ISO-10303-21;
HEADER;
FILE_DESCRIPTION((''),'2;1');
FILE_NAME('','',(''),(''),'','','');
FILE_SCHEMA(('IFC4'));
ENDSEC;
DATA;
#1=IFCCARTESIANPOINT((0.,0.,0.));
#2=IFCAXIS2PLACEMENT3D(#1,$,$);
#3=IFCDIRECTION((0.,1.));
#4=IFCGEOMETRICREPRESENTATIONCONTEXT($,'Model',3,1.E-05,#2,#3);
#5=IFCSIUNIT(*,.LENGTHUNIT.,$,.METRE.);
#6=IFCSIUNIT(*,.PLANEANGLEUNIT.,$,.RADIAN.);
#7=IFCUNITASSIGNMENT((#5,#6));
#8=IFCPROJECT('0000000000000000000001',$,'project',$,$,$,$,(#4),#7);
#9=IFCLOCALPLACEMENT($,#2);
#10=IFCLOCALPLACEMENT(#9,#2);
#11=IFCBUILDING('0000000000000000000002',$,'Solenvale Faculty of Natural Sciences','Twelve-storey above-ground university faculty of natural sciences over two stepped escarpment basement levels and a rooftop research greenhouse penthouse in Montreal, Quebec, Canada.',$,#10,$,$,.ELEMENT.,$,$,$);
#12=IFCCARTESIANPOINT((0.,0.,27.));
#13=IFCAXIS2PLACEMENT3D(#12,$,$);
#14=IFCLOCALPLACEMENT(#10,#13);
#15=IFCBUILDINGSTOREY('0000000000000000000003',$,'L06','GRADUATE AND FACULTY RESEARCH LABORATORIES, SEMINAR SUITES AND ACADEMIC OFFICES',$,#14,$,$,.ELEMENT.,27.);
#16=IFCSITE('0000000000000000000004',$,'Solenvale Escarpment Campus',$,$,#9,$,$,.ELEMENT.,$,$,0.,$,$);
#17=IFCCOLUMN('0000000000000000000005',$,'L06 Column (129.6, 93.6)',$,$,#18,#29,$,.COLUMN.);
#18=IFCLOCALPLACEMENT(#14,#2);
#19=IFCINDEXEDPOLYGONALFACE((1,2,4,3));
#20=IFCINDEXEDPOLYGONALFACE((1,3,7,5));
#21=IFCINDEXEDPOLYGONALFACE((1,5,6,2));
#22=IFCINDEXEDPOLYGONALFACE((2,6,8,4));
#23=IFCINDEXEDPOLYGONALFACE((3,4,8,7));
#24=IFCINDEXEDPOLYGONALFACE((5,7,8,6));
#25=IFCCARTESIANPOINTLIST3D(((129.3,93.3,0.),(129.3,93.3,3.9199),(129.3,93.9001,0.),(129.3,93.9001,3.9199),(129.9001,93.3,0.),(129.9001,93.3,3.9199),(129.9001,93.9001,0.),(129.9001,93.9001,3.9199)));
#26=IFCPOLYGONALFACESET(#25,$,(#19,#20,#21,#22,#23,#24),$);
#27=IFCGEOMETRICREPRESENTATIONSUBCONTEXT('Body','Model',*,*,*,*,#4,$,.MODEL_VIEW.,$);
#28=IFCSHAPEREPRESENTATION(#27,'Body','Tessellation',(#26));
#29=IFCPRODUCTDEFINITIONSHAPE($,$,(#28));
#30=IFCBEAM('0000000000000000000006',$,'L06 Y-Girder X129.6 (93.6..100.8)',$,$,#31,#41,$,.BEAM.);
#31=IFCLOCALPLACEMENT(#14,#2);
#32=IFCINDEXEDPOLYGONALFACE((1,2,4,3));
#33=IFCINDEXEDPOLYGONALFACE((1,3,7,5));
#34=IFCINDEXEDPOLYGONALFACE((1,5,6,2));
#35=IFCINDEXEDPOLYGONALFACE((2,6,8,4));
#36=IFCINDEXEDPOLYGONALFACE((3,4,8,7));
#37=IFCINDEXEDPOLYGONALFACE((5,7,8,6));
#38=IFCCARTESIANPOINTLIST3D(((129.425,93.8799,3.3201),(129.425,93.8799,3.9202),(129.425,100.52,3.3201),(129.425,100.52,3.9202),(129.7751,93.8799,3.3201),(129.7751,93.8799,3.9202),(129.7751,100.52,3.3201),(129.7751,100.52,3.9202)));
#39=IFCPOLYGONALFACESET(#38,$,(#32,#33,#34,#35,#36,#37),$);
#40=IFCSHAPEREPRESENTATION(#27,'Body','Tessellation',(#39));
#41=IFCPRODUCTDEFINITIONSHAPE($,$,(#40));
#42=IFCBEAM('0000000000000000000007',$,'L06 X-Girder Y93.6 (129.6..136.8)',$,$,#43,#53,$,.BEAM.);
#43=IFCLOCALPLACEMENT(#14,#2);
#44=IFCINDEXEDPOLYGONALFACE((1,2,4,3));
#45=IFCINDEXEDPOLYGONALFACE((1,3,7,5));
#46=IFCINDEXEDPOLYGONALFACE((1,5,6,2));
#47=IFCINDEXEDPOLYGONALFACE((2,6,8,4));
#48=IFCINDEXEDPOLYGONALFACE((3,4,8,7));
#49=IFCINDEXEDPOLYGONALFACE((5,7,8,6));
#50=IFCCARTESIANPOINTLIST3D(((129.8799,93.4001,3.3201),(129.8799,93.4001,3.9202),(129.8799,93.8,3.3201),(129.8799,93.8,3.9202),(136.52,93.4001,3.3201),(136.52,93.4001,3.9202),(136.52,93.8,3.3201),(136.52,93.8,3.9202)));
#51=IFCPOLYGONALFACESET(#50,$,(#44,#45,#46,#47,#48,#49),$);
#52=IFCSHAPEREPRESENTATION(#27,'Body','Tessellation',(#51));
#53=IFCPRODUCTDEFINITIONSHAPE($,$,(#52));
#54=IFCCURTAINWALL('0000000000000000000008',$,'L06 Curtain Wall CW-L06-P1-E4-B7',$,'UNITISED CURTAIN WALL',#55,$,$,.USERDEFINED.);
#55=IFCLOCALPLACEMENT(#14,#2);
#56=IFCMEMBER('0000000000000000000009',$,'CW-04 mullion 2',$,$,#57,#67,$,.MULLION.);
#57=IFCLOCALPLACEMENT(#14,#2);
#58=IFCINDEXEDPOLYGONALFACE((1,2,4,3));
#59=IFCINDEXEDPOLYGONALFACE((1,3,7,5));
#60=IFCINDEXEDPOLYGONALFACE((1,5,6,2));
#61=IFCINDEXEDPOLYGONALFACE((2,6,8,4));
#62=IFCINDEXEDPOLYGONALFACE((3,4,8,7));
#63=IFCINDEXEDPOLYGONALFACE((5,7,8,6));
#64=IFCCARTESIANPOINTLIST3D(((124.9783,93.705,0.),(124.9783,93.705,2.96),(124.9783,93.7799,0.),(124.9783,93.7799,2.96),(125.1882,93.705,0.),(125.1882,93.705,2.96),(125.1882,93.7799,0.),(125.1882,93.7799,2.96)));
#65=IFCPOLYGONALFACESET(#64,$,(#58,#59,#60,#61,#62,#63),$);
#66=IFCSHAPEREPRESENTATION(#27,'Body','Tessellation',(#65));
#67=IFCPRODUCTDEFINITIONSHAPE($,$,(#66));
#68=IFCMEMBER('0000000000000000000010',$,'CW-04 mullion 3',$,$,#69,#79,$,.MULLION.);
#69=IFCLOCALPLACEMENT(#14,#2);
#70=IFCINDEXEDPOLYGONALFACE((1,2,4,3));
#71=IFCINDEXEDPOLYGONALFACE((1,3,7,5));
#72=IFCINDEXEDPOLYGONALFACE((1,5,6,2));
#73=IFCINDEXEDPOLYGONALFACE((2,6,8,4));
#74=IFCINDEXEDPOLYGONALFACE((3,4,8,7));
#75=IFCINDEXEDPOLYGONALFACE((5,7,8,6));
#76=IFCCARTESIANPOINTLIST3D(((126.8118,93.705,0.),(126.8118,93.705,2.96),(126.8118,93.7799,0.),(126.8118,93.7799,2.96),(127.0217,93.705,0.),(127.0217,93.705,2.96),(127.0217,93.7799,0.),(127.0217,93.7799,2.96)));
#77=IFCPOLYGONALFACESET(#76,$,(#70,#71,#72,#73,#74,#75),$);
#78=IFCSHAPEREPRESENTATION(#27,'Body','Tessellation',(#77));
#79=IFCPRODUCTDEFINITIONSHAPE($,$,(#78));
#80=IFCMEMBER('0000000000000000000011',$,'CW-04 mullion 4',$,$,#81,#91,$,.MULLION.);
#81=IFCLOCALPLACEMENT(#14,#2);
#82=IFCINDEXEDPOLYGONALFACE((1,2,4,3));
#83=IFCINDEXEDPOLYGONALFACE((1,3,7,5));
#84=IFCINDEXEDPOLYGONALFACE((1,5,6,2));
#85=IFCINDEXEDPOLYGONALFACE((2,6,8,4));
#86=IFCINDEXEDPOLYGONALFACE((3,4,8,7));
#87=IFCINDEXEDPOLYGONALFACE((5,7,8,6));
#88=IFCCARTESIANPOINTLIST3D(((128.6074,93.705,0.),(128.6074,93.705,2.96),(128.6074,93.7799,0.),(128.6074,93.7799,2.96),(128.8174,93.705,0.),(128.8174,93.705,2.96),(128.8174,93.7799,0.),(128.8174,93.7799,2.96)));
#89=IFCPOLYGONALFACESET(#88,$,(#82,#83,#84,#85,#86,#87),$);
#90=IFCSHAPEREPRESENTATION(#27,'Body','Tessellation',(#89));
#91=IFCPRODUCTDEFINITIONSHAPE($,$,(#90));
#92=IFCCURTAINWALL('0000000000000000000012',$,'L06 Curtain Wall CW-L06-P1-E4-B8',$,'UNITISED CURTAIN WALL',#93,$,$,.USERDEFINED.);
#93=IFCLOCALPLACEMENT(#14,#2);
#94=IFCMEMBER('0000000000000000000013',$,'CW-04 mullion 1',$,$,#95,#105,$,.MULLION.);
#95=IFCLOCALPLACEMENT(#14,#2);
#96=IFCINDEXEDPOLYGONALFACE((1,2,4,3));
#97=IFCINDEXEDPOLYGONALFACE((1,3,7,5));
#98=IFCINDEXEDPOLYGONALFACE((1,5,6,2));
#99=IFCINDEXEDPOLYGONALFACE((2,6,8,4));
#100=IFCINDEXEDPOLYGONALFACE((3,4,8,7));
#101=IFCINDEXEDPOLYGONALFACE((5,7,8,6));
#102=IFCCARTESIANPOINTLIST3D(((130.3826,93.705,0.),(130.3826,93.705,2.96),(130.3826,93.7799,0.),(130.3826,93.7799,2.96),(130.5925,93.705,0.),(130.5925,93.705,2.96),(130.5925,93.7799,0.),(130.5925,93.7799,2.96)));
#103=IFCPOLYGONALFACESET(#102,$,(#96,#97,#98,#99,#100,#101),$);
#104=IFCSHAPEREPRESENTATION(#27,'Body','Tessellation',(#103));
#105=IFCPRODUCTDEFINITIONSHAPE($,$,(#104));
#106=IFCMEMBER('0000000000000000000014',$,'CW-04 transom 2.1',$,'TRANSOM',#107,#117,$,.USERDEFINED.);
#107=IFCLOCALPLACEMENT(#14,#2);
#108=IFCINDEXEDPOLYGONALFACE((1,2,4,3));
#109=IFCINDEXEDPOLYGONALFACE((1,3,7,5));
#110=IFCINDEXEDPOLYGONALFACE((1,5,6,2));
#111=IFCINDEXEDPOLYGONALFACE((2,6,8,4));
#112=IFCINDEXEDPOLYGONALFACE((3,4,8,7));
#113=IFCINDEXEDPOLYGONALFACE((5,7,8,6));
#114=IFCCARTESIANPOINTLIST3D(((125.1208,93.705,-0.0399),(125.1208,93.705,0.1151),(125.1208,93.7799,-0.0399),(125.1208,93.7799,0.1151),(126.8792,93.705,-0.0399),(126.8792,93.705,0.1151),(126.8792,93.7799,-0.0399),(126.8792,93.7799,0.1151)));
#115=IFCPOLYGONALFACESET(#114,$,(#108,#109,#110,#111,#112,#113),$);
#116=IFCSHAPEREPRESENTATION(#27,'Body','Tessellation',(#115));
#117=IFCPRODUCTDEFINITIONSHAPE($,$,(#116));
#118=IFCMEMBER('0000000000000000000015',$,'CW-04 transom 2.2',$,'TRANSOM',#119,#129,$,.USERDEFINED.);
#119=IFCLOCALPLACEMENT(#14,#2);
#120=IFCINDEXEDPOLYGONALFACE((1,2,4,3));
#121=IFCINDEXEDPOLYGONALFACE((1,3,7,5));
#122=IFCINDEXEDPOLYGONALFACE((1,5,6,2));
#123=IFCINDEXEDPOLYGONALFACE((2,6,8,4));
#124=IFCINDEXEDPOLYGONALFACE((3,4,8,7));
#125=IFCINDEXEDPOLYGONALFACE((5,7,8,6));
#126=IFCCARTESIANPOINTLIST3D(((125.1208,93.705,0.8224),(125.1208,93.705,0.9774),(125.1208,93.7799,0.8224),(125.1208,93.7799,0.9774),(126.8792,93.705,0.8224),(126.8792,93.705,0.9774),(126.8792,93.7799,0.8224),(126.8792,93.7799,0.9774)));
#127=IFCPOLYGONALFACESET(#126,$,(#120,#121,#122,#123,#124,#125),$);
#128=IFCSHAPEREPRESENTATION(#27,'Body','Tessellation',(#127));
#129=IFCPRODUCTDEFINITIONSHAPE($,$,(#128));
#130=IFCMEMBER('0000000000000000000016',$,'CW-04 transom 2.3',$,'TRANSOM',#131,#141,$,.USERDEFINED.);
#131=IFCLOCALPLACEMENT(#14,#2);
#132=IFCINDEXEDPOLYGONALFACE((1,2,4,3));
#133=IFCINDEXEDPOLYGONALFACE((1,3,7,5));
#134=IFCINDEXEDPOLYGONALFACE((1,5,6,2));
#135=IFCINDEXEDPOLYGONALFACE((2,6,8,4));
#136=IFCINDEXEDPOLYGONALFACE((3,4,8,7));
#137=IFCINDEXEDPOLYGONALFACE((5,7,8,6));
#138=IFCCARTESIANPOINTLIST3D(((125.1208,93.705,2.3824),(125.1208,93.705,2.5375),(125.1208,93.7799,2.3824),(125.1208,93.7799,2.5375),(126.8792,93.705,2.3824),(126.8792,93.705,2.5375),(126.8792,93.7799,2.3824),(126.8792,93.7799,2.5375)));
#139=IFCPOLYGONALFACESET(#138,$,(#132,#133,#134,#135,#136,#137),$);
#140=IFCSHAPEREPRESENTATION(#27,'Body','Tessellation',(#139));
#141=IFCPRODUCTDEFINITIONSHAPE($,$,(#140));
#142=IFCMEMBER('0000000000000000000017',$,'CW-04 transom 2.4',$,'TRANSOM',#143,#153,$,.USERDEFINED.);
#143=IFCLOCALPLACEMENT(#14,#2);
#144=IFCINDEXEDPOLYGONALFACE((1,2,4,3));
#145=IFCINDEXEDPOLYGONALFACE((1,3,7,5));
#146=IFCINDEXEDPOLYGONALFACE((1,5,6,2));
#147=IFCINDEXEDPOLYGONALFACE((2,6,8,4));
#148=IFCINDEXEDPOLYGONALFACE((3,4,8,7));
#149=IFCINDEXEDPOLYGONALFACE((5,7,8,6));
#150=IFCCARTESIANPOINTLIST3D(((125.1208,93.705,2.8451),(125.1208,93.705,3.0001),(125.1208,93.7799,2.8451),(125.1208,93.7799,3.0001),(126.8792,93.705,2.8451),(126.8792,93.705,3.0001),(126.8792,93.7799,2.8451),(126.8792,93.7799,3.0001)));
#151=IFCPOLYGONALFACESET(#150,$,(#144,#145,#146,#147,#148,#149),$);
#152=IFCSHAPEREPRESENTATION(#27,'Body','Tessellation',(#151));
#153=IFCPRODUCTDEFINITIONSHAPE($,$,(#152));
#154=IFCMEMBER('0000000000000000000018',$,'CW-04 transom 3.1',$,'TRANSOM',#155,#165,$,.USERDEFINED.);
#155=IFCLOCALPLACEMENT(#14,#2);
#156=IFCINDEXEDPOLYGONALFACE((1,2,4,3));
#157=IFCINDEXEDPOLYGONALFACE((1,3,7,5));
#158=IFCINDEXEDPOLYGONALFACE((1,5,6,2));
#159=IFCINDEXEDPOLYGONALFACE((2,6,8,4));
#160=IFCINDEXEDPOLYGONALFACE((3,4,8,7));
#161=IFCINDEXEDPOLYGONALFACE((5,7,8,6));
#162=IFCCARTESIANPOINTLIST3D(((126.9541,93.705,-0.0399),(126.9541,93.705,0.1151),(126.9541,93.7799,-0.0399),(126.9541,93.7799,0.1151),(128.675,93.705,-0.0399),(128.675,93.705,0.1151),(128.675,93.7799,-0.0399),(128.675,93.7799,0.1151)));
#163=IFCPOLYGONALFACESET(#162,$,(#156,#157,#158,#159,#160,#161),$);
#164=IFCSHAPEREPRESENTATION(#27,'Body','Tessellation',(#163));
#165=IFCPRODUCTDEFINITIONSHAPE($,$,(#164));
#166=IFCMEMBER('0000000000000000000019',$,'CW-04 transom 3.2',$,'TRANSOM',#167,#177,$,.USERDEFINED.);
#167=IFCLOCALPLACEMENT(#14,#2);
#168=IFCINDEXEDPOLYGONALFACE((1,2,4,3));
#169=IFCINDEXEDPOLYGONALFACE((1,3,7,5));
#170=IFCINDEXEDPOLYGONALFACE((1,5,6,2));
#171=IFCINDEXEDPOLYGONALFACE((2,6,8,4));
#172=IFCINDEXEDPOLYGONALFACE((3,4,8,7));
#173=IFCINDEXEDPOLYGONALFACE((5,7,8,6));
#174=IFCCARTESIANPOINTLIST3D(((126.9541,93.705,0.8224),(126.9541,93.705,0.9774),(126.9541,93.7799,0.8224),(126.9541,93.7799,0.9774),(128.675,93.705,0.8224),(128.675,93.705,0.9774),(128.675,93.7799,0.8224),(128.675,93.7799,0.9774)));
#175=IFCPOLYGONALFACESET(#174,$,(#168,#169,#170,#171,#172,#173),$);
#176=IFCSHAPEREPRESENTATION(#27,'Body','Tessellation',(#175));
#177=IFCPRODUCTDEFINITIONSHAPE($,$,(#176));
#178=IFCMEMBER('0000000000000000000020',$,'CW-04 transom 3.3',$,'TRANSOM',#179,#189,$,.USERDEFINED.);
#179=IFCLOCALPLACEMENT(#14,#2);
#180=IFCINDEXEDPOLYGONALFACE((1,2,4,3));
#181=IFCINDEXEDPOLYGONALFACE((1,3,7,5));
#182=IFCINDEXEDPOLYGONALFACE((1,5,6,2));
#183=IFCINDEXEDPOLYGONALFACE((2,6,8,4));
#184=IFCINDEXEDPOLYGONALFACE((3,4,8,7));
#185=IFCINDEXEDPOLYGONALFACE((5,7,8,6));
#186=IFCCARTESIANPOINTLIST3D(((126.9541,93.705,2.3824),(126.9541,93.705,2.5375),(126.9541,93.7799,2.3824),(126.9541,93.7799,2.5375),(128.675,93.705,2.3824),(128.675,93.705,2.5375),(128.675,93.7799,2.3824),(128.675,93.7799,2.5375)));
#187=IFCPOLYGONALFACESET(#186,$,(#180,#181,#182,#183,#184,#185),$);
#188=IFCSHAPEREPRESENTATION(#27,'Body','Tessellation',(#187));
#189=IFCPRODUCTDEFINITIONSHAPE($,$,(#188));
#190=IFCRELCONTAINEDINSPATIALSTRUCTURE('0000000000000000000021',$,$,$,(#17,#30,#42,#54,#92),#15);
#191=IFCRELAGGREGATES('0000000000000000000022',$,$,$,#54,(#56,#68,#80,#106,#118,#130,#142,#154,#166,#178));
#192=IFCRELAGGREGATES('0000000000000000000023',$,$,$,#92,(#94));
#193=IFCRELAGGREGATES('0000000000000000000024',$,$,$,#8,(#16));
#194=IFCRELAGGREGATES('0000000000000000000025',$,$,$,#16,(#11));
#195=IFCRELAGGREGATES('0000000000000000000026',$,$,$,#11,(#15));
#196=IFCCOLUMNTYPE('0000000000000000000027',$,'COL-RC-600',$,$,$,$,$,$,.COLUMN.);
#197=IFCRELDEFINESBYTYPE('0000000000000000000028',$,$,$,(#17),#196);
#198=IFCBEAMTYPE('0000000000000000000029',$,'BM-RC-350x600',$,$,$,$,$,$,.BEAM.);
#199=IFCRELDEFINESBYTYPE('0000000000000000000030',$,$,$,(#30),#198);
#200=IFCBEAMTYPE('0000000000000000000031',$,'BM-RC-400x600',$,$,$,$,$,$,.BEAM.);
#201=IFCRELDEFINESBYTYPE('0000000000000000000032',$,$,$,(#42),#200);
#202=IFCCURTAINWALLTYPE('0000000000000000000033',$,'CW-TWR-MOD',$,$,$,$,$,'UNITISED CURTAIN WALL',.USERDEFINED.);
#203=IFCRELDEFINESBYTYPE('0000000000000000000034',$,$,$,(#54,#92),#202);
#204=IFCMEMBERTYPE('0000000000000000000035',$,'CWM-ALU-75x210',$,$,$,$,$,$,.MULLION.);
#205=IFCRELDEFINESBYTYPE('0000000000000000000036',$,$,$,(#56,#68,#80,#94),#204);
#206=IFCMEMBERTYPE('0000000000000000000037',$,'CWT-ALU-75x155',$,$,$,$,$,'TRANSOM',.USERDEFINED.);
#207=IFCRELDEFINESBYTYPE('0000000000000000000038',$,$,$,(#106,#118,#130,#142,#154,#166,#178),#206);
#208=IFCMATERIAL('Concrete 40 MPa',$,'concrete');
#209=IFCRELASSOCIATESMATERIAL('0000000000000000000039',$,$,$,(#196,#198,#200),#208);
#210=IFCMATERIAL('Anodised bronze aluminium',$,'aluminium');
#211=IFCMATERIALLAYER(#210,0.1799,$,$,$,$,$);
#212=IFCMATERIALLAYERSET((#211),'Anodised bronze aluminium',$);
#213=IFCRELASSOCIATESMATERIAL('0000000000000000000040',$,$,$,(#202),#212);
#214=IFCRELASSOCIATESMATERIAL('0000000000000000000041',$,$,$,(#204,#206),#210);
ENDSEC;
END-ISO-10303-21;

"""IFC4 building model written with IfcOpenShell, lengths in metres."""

from ifc_helpers import new_model, si_unit, direction, frame, origin, origin_2d, place, context, subcontext, project, spatial, rectangle, extrude, material, layer, layer_set, material_profile, profile_set, type_object, element, aggregate, save


model = new_model("IFC4")

# Units and contexts
model_context = context("Model", 3, precision=1e-05, world=origin(), true_north=direction((0.0, 1.0)))
body_context = subcontext(model_context, "Body", "Model", "MODEL_VIEW")
ifc_project = project(units=[si_unit("LENGTHUNIT", "METRE"), si_unit("PLANEANGLEUNIT", "RADIAN")], contexts=[model_context])

# Site, building, storey
site_placement = place(None, origin())
site = spatial("IfcSite", under=ifc_project, at=site_placement, Name="Solenvale Escarpment Campus", CompositionType="ELEMENT", RefElevation=0.0)
building_placement = place(site_placement, origin())
building = spatial("IfcBuilding", under=site, at=building_placement, Name="Solenvale Faculty of Natural Sciences", Description="Twelve-storey above-ground university faculty of natural sciences over two stepped escarpment basement levels and a rooftop research greenhouse penthouse in Montreal, Quebec, Canada.", CompositionType="ELEMENT")
storey_placement = place(building_placement, frame((0.0, 0.0, 27.0)))
storey = spatial("IfcBuildingStorey", under=building, at=storey_placement, Name="L06", Description="GRADUATE AND FACULTY RESEARCH LABORATORIES, SEMINAR SUITES AND ACADEMIC OFFICES", CompositionType="ELEMENT", Elevation=27.0)

# Column
ifc_material_1 = material(Name="Concrete 40 MPa", Category="concrete")
ifc_material_profile_1 = material_profile(ifc_material_1, rectangle(XDim=0.6001, YDim=0.6001, at=origin_2d()), Name="RC-COL-600x600")
ifc_profile_set_1 = profile_set([ifc_material_profile_1], Name="Concrete 40 MPa")
column_type = type_object("IfcColumnType", Name="COL-RC-600", PredefinedType="COLUMN", material=ifc_profile_set_1)
column_placement = place(storey_placement, frame((129.6001, 93.6001, 0.0), z_axis=(0.0, 0.0, 1.0), x_axis=(1.0, 0.0, 0.0)))
element("IfcColumn", 1, at=column_placement, inside=storey, type_object=column_type, Name="L06 Column (129.6, 93.6)", PredefinedType="COLUMN", context=body_context, shape_type="SweptSolid", body=[
    extrude(rectangle(XDim=0.6001, YDim=0.6001, at=origin_2d()), origin(), (0.0, 0.0, 1.0), 3.9199),
])

# Beams
ifc_material_profile_2 = material_profile(ifc_material_1, rectangle(XDim=0.3501, YDim=0.6001, at=origin_2d()), Name="RC-BM-350x600")
ifc_profile_set_2 = profile_set([ifc_material_profile_2], Name="Concrete 40 MPa")
beam_type_1 = type_object("IfcBeamType", Name="BM-RC-350x600", PredefinedType="BEAM", material=ifc_profile_set_2)
beam_1_placement = place(storey_placement, frame((129.6001, 93.8799, 3.6201), z_axis=(0.0, 1.0, 0.0), x_axis=(-1.0, 0.0, 0.0)))
element("IfcBeam", 2, at=beam_1_placement, inside=storey, type_object=beam_type_1, Name="L06 Y-Girder X129.6 (93.6..100.8)", PredefinedType="BEAM", context=body_context, shape_type="SweptSolid", body=[
    extrude(rectangle(XDim=0.3501, YDim=0.6001, at=origin_2d()), origin(), (0.0, 0.0, 1.0), 6.6401),
])
ifc_material_profile_3 = material_profile(ifc_material_1, rectangle(XDim=0.3999, YDim=0.6001, at=origin_2d()), Name="RC-BM-400x600")
ifc_profile_set_3 = profile_set([ifc_material_profile_3], Name="Concrete 40 MPa")
beam_type_2 = type_object("IfcBeamType", Name="BM-RC-400x600", PredefinedType="BEAM", material=ifc_profile_set_3)
beam_2_placement = place(storey_placement, frame((129.8799, 93.6001, 3.6201), z_axis=(1.0, 0.0, 0.0), x_axis=(0.0, 1.0, 0.0)))
element("IfcBeam", 3, at=beam_2_placement, inside=storey, type_object=beam_type_2, Name="L06 X-Girder Y93.6 (129.6..136.8)", PredefinedType="BEAM", context=body_context, shape_type="SweptSolid", body=[
    extrude(rectangle(XDim=0.3999, YDim=0.6001, at=origin_2d()), origin(), (0.0, 0.0, 1.0), 6.6401),
])

# Curtain wall, members
ifc_material_2 = material(Name="Anodised bronze aluminium", Category="aluminium")
ifc_layer_1 = layer(ifc_material_2, 0.1799)
ifc_layer_set_1 = layer_set([ifc_layer_1], Name="Anodised bronze aluminium")
curtain_wall_type = type_object("IfcCurtainWallType", Name="CW-TWR-MOD", ElementType="UNITISED CURTAIN WALL", PredefinedType="USERDEFINED", material=ifc_layer_set_1)
curtain_wall_1_placement = place(storey_placement, origin())
curtain_wall_1 = element("IfcCurtainWall", 4, at=curtain_wall_1_placement, inside=storey, type_object=curtain_wall_type, Name="L06 Curtain Wall CW-L06-P1-E4-B7", ObjectType="UNITISED CURTAIN WALL", PredefinedType="USERDEFINED")
ifc_material_profile_4 = material_profile(ifc_material_2, rectangle(XDim=0.075, YDim=0.21, at=origin_2d()), Name="ALU-MUL-75x210")
ifc_profile_set_4 = profile_set([ifc_material_profile_4], Name="Anodised bronze aluminium")
member_type_1 = type_object("IfcMemberType", Name="CWM-ALU-75x210", PredefinedType="MULLION", material=ifc_profile_set_4)
member_1_placement = place(storey_placement, frame((125.0833, 93.7424, 0.0), z_axis=(0.0, 0.0, 1.0), x_axis=(0.0, 1.0, 0.0)))
member_1 = element("IfcMember", 5, at=member_1_placement, type_object=member_type_1, Name="CW-04 mullion 2", PredefinedType="MULLION", context=body_context, shape_type="SweptSolid", body=[
    extrude(rectangle(XDim=0.075, YDim=0.21, at=origin_2d()), origin(), (0.0, 0.0, 1.0), 2.96),
])
member_2_placement = place(storey_placement, frame((126.9167, 93.7424, 0.0), z_axis=(0.0, 0.0, 1.0), x_axis=(0.0, 1.0, 0.0)))
member_2 = element("IfcMember", 6, at=member_2_placement, type_object=member_type_1, Name="CW-04 mullion 3", PredefinedType="MULLION", context=body_context, shape_type="SweptSolid", body=[
    extrude(rectangle(XDim=0.075, YDim=0.21, at=origin_2d()), origin(), (0.0, 0.0, 1.0), 2.96),
])
member_3_placement = place(storey_placement, frame((128.7124, 93.7424, 0.0), z_axis=(0.0, 0.0, 1.0), x_axis=(0.0, 1.0, 0.0)))
member_3 = element("IfcMember", 7, at=member_3_placement, type_object=member_type_1, Name="CW-04 mullion 4", PredefinedType="MULLION", context=body_context, shape_type="SweptSolid", body=[
    extrude(rectangle(XDim=0.075, YDim=0.21, at=origin_2d()), origin(), (0.0, 0.0, 1.0), 2.96),
])

# Curtain wall, member
curtain_wall_2_placement = place(storey_placement, origin())
curtain_wall_2 = element("IfcCurtainWall", 8, at=curtain_wall_2_placement, inside=storey, type_object=curtain_wall_type, Name="L06 Curtain Wall CW-L06-P1-E4-B8", ObjectType="UNITISED CURTAIN WALL", PredefinedType="USERDEFINED")
member_4_placement = place(storey_placement, frame((130.4875, 93.7424, 0.0), z_axis=(0.0, 0.0, 1.0), x_axis=(0.0, 1.0, 0.0)))
member_4 = element("IfcMember", 9, at=member_4_placement, type_object=member_type_1, Name="CW-04 mullion 1", PredefinedType="MULLION", context=body_context, shape_type="SweptSolid", body=[
    extrude(rectangle(XDim=0.075, YDim=0.21, at=origin_2d()), origin(), (0.0, 0.0, 1.0), 2.96),
])

# Members
ifc_material_profile_5 = material_profile(ifc_material_2, rectangle(XDim=0.075, YDim=0.155, at=origin_2d()), Name="ALU-TRN-75x155")
ifc_profile_set_5 = profile_set([ifc_material_profile_5], Name="Anodised bronze aluminium")
member_type_2 = type_object("IfcMemberType", Name="CWT-ALU-75x155", ElementType="TRANSOM", PredefinedType="USERDEFINED", material=ifc_profile_set_5)
member_5_placement = place(storey_placement, frame((125.1208, 93.7424, 0.0376), z_axis=(1.0, 0.0, 0.0), x_axis=(0.0, 1.0, 0.0)))
member_5 = element("IfcMember", 10, at=member_5_placement, type_object=member_type_2, Name="CW-04 transom 2.1", ObjectType="TRANSOM", PredefinedType="USERDEFINED", context=body_context, shape_type="SweptSolid", body=[
    extrude(rectangle(XDim=0.075, YDim=0.155, at=origin_2d()), origin(), (0.0, 0.0, 1.0), 1.7583),
])
member_6_placement = place(storey_placement, frame((125.1208, 93.7424, 0.8999), z_axis=(1.0, 0.0, 0.0), x_axis=(0.0, 1.0, 0.0)))
member_6 = element("IfcMember", 11, at=member_6_placement, type_object=member_type_2, Name="CW-04 transom 2.2", ObjectType="TRANSOM", PredefinedType="USERDEFINED", context=body_context, shape_type="SweptSolid", body=[
    extrude(rectangle(XDim=0.075, YDim=0.155, at=origin_2d()), origin(), (0.0, 0.0, 1.0), 1.7583),
])
member_7_placement = place(storey_placement, frame((125.1208, 93.7424, 2.46), z_axis=(1.0, 0.0, 0.0), x_axis=(0.0, 1.0, 0.0)))
member_7 = element("IfcMember", 12, at=member_7_placement, type_object=member_type_2, Name="CW-04 transom 2.3", ObjectType="TRANSOM", PredefinedType="USERDEFINED", context=body_context, shape_type="SweptSolid", body=[
    extrude(rectangle(XDim=0.075, YDim=0.155, at=origin_2d()), origin(), (0.0, 0.0, 1.0), 1.7583),
])
member_8_placement = place(storey_placement, frame((125.1208, 93.7424, 2.9226), z_axis=(1.0, 0.0, 0.0), x_axis=(0.0, 1.0, 0.0)))
member_8 = element("IfcMember", 13, at=member_8_placement, type_object=member_type_2, Name="CW-04 transom 2.4", ObjectType="TRANSOM", PredefinedType="USERDEFINED", context=body_context, shape_type="SweptSolid", body=[
    extrude(rectangle(XDim=0.075, YDim=0.155, at=origin_2d()), origin(), (0.0, 0.0, 1.0), 1.7583),
])
member_9_placement = place(storey_placement, frame((126.9541, 93.7424, 0.0376), z_axis=(1.0, 0.0, 0.0), x_axis=(0.0, 1.0, 0.0)))
member_9 = element("IfcMember", 14, at=member_9_placement, type_object=member_type_2, Name="CW-04 transom 3.1", ObjectType="TRANSOM", PredefinedType="USERDEFINED", context=body_context, shape_type="SweptSolid", body=[
    extrude(rectangle(XDim=0.075, YDim=0.155, at=origin_2d()), origin(), (0.0, 0.0, 1.0), 1.7209),
])
member_10_placement = place(storey_placement, frame((126.9541, 93.7424, 0.8999), z_axis=(1.0, 0.0, 0.0), x_axis=(0.0, 1.0, 0.0)))
member_10 = element("IfcMember", 15, at=member_10_placement, type_object=member_type_2, Name="CW-04 transom 3.2", ObjectType="TRANSOM", PredefinedType="USERDEFINED", context=body_context, shape_type="SweptSolid", body=[
    extrude(rectangle(XDim=0.075, YDim=0.155, at=origin_2d()), origin(), (0.0, 0.0, 1.0), 1.7209),
])
member_11_placement = place(storey_placement, frame((126.9541, 93.7424, 2.46), z_axis=(1.0, 0.0, 0.0), x_axis=(0.0, 1.0, 0.0)))
member_11 = element("IfcMember", 16, at=member_11_placement, type_object=member_type_2, Name="CW-04 transom 3.3", ObjectType="TRANSOM", PredefinedType="USERDEFINED", context=body_context, shape_type="SweptSolid", body=[
    extrude(rectangle(XDim=0.075, YDim=0.155, at=origin_2d()), origin(), (0.0, 0.0, 1.0), 1.7209),
])

aggregate(curtain_wall_1, [member_1, member_2, member_3, member_5, member_6, member_7, member_8, member_9, member_10, member_11])
aggregate(curtain_wall_2, [member_4])

save(model, "model.ifc")
